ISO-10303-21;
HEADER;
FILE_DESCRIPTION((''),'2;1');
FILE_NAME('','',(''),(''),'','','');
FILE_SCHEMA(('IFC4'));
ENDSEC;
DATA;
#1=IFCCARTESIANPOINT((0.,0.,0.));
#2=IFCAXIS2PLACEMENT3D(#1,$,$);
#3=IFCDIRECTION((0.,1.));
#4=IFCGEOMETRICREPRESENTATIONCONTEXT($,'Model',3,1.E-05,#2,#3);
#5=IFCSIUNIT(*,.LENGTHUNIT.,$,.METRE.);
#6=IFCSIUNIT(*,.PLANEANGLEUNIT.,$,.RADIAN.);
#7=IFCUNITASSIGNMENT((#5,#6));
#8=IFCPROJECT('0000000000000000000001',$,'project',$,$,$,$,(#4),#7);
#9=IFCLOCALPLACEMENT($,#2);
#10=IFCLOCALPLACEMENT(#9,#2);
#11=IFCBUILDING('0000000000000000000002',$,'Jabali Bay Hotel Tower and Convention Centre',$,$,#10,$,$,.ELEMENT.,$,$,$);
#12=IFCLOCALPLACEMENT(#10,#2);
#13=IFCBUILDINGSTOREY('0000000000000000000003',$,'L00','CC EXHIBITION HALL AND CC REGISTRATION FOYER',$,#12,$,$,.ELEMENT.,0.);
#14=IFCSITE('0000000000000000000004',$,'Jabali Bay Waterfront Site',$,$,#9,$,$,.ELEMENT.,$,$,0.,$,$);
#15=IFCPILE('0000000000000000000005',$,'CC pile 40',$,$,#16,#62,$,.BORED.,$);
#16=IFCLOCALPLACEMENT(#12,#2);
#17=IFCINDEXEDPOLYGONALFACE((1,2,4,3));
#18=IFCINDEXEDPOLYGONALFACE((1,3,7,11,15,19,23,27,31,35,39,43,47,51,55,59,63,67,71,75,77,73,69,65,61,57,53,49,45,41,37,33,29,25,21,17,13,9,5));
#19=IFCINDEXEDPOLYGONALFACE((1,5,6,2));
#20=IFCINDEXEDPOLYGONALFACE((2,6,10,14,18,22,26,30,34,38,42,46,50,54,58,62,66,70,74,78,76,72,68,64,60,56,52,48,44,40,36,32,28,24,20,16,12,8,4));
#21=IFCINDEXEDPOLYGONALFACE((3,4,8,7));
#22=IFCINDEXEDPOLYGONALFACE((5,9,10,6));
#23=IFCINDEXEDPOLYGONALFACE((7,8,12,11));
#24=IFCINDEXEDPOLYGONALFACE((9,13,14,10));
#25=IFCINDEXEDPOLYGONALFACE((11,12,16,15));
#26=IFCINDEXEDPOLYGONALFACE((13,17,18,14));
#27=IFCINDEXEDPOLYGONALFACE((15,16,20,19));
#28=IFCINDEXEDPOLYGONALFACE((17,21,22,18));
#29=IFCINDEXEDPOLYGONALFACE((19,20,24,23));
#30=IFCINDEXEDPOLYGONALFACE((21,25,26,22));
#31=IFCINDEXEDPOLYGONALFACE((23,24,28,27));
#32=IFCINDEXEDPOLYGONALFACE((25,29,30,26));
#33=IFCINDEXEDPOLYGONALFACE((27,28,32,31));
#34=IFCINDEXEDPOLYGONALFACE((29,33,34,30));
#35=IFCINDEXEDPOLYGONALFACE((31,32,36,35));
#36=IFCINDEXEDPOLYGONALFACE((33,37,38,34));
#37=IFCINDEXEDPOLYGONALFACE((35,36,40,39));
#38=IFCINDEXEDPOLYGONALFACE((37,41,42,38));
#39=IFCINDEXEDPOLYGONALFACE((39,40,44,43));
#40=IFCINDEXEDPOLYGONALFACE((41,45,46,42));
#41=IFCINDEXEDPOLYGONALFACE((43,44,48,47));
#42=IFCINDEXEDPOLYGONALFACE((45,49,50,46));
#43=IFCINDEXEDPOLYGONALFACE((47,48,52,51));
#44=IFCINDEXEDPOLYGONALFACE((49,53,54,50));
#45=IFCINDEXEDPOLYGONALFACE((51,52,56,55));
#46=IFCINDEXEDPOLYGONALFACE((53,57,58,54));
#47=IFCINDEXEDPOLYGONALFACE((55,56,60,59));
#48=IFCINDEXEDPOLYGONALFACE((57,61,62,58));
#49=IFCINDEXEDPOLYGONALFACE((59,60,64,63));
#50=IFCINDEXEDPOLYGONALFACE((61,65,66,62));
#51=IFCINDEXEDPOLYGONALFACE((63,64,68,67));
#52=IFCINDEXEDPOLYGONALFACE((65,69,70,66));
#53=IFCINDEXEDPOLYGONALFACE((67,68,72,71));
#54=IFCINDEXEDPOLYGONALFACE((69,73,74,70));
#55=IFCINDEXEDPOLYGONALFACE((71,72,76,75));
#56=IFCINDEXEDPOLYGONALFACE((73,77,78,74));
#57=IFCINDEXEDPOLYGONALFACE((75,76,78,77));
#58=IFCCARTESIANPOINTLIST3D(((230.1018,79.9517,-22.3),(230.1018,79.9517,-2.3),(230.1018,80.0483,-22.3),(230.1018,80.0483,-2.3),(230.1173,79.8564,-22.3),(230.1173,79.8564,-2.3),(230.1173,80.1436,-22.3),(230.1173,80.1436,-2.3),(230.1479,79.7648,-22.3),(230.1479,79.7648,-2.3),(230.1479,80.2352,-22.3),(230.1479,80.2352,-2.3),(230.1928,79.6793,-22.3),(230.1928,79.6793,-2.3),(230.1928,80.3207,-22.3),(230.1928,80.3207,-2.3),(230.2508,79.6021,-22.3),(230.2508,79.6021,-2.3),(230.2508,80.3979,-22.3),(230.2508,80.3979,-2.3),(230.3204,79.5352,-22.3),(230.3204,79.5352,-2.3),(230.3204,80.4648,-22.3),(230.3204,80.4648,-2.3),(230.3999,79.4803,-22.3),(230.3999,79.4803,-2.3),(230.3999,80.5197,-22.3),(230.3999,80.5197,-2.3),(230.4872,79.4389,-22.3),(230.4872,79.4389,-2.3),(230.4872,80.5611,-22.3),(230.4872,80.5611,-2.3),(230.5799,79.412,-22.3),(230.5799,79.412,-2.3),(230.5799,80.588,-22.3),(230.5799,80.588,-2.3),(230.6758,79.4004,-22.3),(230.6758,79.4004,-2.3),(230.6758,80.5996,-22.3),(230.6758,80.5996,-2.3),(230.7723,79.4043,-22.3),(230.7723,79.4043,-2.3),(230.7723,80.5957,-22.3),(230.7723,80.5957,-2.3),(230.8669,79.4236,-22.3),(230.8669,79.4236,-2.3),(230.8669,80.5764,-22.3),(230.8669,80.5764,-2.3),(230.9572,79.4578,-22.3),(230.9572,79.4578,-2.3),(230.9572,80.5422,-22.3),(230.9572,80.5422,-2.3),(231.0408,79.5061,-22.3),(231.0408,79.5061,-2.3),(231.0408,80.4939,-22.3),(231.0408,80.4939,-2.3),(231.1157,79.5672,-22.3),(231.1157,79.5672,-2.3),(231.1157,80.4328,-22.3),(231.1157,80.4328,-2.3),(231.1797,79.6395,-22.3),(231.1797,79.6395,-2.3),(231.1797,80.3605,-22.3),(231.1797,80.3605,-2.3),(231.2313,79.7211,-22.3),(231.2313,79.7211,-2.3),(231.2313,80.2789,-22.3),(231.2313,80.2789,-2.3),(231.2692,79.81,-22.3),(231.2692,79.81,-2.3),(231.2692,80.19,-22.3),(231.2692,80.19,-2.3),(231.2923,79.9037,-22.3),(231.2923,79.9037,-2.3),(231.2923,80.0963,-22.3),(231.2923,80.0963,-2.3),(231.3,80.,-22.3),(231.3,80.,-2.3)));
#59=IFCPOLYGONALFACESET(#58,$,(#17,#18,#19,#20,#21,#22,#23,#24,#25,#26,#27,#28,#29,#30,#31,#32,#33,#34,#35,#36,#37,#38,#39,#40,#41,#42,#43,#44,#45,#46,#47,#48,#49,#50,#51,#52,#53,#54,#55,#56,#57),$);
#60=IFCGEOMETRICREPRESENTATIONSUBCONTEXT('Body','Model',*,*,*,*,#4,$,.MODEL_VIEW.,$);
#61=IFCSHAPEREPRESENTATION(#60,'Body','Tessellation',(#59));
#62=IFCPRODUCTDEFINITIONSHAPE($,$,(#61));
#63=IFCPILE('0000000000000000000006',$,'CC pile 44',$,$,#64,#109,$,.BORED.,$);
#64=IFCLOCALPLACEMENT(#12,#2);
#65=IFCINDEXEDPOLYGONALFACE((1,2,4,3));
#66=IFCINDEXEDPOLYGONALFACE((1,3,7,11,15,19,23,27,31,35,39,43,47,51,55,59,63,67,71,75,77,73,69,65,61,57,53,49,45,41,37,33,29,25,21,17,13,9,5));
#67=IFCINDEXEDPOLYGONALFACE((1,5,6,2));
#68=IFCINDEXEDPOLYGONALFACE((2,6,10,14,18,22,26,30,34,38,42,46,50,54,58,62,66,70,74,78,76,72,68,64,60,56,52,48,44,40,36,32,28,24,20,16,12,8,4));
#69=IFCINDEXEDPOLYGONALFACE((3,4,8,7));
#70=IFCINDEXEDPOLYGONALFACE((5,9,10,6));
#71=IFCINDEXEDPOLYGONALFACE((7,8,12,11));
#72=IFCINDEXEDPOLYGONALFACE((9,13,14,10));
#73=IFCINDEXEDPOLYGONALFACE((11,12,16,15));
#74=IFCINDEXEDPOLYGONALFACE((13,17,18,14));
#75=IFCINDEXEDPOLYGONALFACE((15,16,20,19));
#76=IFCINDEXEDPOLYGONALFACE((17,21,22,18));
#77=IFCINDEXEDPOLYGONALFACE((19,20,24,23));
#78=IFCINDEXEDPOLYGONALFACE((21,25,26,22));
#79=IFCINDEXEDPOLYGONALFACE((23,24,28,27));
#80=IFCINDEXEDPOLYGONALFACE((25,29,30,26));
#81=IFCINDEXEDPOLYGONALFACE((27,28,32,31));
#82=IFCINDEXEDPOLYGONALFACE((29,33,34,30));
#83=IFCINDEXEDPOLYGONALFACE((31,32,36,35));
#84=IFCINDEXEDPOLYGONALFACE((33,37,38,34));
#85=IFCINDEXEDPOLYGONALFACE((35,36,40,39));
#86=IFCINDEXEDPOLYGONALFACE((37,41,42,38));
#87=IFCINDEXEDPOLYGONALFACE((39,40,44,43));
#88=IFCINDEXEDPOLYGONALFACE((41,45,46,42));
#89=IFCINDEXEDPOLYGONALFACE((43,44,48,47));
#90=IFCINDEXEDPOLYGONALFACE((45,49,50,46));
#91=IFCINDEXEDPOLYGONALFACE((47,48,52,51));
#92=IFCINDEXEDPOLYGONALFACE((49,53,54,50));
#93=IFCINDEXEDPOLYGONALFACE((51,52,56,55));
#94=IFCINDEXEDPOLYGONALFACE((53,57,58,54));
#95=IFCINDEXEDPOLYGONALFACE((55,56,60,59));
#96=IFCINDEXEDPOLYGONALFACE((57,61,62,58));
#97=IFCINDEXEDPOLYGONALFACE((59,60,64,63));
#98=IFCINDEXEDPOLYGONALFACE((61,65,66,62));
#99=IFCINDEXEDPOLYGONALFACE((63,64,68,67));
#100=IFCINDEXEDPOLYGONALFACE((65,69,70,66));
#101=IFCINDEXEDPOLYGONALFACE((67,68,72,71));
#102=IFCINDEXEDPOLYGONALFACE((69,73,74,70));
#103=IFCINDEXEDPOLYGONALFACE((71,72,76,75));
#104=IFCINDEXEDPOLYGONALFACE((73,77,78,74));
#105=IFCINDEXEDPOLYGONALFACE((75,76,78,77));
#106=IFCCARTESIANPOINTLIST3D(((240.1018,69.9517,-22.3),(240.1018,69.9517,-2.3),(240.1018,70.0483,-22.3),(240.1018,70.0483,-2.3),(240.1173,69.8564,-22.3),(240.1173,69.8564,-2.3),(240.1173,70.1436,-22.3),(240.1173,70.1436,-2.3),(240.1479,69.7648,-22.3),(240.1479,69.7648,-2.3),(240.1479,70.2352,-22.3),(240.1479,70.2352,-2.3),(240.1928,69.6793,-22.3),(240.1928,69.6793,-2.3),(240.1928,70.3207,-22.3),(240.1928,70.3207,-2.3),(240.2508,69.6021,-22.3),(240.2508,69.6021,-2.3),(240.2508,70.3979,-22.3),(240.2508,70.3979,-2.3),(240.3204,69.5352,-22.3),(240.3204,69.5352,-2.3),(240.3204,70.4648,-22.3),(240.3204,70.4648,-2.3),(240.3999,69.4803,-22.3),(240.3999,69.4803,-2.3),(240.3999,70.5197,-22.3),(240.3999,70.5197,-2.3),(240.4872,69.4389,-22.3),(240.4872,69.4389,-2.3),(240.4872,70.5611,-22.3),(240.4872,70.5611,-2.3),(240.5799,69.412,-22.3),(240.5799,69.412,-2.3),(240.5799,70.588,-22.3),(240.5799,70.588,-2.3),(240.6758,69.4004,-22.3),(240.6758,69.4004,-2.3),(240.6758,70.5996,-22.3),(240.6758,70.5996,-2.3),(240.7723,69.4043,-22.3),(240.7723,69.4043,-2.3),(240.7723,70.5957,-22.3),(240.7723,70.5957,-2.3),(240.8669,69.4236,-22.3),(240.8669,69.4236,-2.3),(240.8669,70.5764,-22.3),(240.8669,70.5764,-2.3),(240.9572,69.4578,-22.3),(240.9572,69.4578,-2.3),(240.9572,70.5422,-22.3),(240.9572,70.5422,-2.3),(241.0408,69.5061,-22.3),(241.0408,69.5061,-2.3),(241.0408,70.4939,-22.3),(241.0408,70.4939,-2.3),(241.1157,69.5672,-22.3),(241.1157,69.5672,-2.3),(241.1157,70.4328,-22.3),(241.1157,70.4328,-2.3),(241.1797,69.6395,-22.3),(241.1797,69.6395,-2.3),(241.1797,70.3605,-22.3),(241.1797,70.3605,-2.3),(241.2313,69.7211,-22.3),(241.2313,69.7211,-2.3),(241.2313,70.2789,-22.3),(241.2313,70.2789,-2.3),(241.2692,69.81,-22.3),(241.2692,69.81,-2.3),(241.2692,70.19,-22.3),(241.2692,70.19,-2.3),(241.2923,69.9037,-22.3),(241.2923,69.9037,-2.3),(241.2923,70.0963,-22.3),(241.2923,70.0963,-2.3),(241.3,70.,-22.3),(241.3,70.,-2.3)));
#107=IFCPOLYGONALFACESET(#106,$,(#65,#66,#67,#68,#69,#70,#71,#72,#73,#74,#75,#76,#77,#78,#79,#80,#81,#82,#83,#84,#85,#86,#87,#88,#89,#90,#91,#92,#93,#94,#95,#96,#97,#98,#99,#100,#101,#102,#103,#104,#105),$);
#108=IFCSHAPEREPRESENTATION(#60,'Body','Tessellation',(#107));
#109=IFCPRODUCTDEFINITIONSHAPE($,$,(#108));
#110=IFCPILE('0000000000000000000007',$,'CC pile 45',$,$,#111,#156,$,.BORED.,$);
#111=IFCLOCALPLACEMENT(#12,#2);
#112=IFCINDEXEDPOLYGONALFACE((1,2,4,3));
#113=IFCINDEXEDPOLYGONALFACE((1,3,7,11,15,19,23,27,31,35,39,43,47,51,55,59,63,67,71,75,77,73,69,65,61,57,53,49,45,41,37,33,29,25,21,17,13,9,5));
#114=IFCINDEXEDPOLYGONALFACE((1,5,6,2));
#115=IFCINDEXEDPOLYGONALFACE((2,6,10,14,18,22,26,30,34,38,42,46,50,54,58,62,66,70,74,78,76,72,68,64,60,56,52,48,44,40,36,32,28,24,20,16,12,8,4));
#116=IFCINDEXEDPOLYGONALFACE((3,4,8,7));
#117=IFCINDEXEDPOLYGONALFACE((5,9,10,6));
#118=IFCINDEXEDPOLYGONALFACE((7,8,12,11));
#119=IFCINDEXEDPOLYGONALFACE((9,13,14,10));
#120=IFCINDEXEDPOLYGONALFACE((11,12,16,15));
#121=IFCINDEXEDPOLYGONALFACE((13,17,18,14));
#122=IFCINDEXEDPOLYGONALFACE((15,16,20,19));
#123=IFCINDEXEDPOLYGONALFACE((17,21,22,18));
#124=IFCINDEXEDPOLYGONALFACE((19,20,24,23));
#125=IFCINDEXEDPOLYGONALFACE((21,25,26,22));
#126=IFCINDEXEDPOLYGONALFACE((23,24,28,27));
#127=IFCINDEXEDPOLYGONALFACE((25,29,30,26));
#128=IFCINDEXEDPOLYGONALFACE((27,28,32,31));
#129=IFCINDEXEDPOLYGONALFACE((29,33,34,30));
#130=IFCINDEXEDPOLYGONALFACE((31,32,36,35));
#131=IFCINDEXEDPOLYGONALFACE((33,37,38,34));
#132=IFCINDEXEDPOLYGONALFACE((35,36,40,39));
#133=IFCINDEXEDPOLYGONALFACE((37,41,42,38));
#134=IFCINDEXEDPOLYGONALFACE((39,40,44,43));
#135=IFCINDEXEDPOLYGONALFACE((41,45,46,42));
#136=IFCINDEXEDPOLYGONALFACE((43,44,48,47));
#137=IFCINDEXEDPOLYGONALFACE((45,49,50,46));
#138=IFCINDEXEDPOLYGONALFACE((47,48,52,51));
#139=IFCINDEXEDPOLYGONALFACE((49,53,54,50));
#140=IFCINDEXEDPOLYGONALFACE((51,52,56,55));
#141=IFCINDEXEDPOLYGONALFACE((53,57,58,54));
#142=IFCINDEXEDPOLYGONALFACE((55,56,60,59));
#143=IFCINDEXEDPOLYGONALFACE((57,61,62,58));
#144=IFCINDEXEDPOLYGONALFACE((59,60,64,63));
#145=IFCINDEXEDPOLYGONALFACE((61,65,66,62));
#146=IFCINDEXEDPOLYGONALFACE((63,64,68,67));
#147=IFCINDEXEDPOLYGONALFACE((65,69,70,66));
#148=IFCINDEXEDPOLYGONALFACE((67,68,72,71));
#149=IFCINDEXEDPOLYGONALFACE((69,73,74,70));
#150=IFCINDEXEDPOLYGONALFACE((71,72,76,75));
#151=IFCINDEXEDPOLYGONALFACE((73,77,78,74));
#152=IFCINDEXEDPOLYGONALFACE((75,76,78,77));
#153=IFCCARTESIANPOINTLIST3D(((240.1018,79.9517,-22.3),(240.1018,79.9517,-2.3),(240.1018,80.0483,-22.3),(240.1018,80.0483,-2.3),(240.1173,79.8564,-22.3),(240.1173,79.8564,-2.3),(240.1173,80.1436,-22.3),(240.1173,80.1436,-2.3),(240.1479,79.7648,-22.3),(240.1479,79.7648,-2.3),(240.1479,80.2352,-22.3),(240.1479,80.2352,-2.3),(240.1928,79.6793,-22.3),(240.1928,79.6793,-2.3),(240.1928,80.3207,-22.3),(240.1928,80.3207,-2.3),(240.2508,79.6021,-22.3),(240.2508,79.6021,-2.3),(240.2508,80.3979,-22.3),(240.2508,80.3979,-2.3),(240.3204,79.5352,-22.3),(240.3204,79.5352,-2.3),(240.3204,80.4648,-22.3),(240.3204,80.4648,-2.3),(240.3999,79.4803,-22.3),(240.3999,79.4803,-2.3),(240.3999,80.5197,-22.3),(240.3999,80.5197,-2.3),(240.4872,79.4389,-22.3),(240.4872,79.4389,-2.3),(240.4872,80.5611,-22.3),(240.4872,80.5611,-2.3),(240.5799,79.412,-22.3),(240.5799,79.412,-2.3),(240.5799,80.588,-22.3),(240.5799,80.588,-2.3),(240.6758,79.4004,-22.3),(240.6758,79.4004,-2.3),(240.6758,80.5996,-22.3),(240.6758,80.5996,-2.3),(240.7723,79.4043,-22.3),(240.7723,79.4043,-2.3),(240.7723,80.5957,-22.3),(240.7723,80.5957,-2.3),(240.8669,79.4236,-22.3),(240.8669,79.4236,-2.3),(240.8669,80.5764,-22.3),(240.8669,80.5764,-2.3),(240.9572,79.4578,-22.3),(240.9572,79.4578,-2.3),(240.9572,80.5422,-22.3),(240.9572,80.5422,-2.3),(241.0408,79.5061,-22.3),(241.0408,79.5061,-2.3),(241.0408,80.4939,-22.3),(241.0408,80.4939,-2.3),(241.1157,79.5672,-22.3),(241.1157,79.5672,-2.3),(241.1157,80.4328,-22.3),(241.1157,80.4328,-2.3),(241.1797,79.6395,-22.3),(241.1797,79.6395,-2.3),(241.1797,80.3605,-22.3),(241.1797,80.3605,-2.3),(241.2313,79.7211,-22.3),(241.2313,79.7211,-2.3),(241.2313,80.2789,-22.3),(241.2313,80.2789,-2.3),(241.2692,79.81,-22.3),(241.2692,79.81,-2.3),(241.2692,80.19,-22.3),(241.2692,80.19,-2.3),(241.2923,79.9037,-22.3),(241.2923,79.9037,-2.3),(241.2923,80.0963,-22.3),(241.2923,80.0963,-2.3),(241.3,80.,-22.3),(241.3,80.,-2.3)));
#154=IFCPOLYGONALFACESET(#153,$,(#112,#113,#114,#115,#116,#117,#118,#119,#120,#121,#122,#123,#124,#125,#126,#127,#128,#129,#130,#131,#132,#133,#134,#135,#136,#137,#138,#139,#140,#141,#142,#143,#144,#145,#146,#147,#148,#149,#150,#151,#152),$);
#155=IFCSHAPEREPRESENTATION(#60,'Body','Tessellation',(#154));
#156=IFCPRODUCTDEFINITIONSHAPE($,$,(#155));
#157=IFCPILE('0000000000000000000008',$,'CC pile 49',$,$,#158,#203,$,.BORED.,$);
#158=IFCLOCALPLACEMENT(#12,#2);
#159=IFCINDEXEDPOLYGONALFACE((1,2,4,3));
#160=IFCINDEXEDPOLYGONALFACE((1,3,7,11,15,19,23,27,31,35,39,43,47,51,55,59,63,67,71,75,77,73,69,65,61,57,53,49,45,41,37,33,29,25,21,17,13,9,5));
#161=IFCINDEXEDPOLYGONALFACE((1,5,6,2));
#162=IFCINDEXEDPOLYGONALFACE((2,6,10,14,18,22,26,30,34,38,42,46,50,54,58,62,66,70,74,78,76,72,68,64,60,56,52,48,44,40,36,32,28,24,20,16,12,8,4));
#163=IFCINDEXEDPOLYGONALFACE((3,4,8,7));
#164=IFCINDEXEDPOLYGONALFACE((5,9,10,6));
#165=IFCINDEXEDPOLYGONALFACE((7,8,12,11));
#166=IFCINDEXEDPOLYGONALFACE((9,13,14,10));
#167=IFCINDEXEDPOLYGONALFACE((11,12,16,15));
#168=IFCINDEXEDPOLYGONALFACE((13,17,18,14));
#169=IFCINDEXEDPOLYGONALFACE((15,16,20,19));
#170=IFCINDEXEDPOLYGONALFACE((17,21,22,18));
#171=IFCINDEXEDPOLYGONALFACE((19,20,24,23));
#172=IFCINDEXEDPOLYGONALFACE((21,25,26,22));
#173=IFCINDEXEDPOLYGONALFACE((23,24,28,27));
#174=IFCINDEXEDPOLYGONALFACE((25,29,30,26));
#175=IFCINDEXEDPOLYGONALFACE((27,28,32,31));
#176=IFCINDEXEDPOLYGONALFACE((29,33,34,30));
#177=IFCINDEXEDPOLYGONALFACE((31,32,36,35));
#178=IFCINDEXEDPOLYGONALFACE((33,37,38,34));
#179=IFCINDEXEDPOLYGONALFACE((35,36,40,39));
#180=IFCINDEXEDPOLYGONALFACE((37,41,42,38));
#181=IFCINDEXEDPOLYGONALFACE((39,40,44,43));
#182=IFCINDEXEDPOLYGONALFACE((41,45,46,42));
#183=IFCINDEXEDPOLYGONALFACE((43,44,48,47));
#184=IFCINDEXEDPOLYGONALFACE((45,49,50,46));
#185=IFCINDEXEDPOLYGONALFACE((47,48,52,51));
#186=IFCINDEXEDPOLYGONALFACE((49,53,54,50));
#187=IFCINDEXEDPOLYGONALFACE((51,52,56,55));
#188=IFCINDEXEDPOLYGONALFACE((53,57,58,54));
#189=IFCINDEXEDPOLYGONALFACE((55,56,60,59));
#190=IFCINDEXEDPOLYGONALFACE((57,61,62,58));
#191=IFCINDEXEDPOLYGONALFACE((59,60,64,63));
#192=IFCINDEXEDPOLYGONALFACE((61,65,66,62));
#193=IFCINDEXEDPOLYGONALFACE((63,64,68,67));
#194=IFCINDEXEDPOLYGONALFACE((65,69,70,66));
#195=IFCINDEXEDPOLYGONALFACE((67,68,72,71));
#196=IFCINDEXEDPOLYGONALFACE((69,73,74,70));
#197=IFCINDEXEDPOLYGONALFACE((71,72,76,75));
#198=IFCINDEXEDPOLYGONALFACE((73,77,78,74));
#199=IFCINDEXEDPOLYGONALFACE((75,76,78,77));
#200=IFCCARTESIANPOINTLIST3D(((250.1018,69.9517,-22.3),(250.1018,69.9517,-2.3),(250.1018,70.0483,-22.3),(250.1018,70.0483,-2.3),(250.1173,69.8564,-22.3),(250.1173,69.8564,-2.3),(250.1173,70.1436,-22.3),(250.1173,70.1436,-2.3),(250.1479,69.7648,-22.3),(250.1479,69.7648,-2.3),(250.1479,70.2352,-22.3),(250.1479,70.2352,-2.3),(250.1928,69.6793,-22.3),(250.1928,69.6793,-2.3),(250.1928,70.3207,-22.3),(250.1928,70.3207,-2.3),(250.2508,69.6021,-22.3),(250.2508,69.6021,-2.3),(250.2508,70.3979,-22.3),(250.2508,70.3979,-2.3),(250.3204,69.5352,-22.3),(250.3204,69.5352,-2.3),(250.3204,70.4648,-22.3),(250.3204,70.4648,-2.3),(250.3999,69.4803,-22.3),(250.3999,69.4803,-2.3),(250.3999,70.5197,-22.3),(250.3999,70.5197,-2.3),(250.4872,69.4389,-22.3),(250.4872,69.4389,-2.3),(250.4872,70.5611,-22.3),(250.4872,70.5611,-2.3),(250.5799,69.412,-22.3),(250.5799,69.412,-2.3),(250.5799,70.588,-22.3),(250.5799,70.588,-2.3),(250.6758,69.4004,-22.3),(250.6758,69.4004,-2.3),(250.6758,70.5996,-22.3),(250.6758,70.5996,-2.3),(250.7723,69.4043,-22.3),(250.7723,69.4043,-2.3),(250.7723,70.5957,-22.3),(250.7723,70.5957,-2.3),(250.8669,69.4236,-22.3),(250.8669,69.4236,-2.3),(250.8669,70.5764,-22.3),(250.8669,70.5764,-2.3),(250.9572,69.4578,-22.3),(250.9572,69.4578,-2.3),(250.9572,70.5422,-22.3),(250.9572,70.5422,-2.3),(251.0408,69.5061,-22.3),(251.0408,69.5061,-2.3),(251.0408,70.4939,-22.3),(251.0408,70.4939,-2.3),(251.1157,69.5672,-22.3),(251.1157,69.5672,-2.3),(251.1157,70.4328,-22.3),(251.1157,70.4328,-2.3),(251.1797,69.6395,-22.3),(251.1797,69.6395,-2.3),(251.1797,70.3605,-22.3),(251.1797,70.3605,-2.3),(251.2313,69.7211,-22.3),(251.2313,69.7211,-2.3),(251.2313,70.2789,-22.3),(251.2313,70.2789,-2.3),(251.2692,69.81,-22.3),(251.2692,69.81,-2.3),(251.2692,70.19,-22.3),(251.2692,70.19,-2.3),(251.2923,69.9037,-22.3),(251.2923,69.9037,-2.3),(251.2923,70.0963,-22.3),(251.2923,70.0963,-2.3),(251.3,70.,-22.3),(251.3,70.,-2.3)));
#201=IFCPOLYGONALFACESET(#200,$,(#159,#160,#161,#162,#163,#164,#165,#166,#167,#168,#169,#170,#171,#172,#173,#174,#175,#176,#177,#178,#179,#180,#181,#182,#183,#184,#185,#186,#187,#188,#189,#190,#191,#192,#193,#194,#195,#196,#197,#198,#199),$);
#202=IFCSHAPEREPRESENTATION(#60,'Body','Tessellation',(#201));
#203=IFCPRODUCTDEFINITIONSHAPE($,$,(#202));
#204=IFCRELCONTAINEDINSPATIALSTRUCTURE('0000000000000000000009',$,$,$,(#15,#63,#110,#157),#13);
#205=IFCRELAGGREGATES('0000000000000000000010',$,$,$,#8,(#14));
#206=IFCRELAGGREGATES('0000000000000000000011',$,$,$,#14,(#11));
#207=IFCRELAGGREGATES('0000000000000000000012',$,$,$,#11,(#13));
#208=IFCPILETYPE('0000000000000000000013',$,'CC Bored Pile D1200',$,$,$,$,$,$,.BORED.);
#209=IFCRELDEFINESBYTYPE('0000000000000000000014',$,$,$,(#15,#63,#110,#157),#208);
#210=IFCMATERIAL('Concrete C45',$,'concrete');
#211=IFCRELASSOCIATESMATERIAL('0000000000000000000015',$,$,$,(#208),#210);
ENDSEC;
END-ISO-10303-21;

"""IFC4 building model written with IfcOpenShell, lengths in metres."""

from ifc_helpers import new_model, si_unit, direction, frame, origin, origin_2d, place, context, subcontext, project, spatial, circle, extrude, material, material_profile, profile_set, type_object, element, save


model = new_model("IFC4")

# Units and contexts
model_context = context("Model", 3, precision=1e-05, world=origin(), true_north=direction((0.0, 1.0)))
body_context = subcontext(model_context, "Body", "Model", "MODEL_VIEW")
ifc_project = project(units=[si_unit("LENGTHUNIT", "METRE"), si_unit("PLANEANGLEUNIT", "RADIAN")], contexts=[model_context])

# Site, building, storey
site_placement = place(None, origin())
site = spatial("IfcSite", under=ifc_project, at=site_placement, Name="Jabali Bay Waterfront Site", CompositionType="ELEMENT", RefElevation=0.0)
building_placement = place(site_placement, origin())
building = spatial("IfcBuilding", under=site, at=building_placement, Name="Jabali Bay Hotel Tower and Convention Centre", CompositionType="ELEMENT")
storey_placement = place(building_placement, origin())
storey = spatial("IfcBuildingStorey", under=building, at=storey_placement, Name="L00", Description="CC EXHIBITION HALL AND CC REGISTRATION FOYER", CompositionType="ELEMENT", Elevation=0.0)

# Piles
ifc_material_1 = material(Name="Concrete C45", Category="concrete")
ifc_material_profile_1 = material_profile(ifc_material_1, circle(Radius=0.6001, at=origin_2d()), Name="D1200")
ifc_profile_set_1 = profile_set([ifc_material_profile_1], Name="Concrete C45")
pile_type = type_object("IfcPileType", Name="CC Bored Pile D1200", PredefinedType="BORED", material=ifc_profile_set_1)
for number, where, z_axis, x_axis, name in (
    (1, (230.7, 80.0, -2.3), (0.0, 0.0, -1.0), (1.0, 0.0, 0.0), "CC pile 40"),
    (2, (240.7, 70.0, -2.3), (0.0, 0.0, -1.0), (1.0, 0.0, 0.0), "CC pile 44"),
    (3, (240.7, 80.0, -2.3), (0.0, 0.0, -1.0), (1.0, 0.0, 0.0), "CC pile 45"),
    (4, (250.7, 70.0, -2.3), (0.0, 0.0, -1.0), (1.0, 0.0, 0.0), "CC pile 49"),
):
    element("IfcPile", number, at=place(storey_placement, frame(where, z_axis=z_axis, x_axis=x_axis)), inside=storey, type_object=pile_type, Name=name, PredefinedType="BORED", context=body_context, shape_type="SweptSolid", body=[
        extrude(circle(Radius=0.6001, at=origin_2d()), origin(), (0.0, 0.0, 1.0), 20.0),
    ])

save(model, "model.ifc")
